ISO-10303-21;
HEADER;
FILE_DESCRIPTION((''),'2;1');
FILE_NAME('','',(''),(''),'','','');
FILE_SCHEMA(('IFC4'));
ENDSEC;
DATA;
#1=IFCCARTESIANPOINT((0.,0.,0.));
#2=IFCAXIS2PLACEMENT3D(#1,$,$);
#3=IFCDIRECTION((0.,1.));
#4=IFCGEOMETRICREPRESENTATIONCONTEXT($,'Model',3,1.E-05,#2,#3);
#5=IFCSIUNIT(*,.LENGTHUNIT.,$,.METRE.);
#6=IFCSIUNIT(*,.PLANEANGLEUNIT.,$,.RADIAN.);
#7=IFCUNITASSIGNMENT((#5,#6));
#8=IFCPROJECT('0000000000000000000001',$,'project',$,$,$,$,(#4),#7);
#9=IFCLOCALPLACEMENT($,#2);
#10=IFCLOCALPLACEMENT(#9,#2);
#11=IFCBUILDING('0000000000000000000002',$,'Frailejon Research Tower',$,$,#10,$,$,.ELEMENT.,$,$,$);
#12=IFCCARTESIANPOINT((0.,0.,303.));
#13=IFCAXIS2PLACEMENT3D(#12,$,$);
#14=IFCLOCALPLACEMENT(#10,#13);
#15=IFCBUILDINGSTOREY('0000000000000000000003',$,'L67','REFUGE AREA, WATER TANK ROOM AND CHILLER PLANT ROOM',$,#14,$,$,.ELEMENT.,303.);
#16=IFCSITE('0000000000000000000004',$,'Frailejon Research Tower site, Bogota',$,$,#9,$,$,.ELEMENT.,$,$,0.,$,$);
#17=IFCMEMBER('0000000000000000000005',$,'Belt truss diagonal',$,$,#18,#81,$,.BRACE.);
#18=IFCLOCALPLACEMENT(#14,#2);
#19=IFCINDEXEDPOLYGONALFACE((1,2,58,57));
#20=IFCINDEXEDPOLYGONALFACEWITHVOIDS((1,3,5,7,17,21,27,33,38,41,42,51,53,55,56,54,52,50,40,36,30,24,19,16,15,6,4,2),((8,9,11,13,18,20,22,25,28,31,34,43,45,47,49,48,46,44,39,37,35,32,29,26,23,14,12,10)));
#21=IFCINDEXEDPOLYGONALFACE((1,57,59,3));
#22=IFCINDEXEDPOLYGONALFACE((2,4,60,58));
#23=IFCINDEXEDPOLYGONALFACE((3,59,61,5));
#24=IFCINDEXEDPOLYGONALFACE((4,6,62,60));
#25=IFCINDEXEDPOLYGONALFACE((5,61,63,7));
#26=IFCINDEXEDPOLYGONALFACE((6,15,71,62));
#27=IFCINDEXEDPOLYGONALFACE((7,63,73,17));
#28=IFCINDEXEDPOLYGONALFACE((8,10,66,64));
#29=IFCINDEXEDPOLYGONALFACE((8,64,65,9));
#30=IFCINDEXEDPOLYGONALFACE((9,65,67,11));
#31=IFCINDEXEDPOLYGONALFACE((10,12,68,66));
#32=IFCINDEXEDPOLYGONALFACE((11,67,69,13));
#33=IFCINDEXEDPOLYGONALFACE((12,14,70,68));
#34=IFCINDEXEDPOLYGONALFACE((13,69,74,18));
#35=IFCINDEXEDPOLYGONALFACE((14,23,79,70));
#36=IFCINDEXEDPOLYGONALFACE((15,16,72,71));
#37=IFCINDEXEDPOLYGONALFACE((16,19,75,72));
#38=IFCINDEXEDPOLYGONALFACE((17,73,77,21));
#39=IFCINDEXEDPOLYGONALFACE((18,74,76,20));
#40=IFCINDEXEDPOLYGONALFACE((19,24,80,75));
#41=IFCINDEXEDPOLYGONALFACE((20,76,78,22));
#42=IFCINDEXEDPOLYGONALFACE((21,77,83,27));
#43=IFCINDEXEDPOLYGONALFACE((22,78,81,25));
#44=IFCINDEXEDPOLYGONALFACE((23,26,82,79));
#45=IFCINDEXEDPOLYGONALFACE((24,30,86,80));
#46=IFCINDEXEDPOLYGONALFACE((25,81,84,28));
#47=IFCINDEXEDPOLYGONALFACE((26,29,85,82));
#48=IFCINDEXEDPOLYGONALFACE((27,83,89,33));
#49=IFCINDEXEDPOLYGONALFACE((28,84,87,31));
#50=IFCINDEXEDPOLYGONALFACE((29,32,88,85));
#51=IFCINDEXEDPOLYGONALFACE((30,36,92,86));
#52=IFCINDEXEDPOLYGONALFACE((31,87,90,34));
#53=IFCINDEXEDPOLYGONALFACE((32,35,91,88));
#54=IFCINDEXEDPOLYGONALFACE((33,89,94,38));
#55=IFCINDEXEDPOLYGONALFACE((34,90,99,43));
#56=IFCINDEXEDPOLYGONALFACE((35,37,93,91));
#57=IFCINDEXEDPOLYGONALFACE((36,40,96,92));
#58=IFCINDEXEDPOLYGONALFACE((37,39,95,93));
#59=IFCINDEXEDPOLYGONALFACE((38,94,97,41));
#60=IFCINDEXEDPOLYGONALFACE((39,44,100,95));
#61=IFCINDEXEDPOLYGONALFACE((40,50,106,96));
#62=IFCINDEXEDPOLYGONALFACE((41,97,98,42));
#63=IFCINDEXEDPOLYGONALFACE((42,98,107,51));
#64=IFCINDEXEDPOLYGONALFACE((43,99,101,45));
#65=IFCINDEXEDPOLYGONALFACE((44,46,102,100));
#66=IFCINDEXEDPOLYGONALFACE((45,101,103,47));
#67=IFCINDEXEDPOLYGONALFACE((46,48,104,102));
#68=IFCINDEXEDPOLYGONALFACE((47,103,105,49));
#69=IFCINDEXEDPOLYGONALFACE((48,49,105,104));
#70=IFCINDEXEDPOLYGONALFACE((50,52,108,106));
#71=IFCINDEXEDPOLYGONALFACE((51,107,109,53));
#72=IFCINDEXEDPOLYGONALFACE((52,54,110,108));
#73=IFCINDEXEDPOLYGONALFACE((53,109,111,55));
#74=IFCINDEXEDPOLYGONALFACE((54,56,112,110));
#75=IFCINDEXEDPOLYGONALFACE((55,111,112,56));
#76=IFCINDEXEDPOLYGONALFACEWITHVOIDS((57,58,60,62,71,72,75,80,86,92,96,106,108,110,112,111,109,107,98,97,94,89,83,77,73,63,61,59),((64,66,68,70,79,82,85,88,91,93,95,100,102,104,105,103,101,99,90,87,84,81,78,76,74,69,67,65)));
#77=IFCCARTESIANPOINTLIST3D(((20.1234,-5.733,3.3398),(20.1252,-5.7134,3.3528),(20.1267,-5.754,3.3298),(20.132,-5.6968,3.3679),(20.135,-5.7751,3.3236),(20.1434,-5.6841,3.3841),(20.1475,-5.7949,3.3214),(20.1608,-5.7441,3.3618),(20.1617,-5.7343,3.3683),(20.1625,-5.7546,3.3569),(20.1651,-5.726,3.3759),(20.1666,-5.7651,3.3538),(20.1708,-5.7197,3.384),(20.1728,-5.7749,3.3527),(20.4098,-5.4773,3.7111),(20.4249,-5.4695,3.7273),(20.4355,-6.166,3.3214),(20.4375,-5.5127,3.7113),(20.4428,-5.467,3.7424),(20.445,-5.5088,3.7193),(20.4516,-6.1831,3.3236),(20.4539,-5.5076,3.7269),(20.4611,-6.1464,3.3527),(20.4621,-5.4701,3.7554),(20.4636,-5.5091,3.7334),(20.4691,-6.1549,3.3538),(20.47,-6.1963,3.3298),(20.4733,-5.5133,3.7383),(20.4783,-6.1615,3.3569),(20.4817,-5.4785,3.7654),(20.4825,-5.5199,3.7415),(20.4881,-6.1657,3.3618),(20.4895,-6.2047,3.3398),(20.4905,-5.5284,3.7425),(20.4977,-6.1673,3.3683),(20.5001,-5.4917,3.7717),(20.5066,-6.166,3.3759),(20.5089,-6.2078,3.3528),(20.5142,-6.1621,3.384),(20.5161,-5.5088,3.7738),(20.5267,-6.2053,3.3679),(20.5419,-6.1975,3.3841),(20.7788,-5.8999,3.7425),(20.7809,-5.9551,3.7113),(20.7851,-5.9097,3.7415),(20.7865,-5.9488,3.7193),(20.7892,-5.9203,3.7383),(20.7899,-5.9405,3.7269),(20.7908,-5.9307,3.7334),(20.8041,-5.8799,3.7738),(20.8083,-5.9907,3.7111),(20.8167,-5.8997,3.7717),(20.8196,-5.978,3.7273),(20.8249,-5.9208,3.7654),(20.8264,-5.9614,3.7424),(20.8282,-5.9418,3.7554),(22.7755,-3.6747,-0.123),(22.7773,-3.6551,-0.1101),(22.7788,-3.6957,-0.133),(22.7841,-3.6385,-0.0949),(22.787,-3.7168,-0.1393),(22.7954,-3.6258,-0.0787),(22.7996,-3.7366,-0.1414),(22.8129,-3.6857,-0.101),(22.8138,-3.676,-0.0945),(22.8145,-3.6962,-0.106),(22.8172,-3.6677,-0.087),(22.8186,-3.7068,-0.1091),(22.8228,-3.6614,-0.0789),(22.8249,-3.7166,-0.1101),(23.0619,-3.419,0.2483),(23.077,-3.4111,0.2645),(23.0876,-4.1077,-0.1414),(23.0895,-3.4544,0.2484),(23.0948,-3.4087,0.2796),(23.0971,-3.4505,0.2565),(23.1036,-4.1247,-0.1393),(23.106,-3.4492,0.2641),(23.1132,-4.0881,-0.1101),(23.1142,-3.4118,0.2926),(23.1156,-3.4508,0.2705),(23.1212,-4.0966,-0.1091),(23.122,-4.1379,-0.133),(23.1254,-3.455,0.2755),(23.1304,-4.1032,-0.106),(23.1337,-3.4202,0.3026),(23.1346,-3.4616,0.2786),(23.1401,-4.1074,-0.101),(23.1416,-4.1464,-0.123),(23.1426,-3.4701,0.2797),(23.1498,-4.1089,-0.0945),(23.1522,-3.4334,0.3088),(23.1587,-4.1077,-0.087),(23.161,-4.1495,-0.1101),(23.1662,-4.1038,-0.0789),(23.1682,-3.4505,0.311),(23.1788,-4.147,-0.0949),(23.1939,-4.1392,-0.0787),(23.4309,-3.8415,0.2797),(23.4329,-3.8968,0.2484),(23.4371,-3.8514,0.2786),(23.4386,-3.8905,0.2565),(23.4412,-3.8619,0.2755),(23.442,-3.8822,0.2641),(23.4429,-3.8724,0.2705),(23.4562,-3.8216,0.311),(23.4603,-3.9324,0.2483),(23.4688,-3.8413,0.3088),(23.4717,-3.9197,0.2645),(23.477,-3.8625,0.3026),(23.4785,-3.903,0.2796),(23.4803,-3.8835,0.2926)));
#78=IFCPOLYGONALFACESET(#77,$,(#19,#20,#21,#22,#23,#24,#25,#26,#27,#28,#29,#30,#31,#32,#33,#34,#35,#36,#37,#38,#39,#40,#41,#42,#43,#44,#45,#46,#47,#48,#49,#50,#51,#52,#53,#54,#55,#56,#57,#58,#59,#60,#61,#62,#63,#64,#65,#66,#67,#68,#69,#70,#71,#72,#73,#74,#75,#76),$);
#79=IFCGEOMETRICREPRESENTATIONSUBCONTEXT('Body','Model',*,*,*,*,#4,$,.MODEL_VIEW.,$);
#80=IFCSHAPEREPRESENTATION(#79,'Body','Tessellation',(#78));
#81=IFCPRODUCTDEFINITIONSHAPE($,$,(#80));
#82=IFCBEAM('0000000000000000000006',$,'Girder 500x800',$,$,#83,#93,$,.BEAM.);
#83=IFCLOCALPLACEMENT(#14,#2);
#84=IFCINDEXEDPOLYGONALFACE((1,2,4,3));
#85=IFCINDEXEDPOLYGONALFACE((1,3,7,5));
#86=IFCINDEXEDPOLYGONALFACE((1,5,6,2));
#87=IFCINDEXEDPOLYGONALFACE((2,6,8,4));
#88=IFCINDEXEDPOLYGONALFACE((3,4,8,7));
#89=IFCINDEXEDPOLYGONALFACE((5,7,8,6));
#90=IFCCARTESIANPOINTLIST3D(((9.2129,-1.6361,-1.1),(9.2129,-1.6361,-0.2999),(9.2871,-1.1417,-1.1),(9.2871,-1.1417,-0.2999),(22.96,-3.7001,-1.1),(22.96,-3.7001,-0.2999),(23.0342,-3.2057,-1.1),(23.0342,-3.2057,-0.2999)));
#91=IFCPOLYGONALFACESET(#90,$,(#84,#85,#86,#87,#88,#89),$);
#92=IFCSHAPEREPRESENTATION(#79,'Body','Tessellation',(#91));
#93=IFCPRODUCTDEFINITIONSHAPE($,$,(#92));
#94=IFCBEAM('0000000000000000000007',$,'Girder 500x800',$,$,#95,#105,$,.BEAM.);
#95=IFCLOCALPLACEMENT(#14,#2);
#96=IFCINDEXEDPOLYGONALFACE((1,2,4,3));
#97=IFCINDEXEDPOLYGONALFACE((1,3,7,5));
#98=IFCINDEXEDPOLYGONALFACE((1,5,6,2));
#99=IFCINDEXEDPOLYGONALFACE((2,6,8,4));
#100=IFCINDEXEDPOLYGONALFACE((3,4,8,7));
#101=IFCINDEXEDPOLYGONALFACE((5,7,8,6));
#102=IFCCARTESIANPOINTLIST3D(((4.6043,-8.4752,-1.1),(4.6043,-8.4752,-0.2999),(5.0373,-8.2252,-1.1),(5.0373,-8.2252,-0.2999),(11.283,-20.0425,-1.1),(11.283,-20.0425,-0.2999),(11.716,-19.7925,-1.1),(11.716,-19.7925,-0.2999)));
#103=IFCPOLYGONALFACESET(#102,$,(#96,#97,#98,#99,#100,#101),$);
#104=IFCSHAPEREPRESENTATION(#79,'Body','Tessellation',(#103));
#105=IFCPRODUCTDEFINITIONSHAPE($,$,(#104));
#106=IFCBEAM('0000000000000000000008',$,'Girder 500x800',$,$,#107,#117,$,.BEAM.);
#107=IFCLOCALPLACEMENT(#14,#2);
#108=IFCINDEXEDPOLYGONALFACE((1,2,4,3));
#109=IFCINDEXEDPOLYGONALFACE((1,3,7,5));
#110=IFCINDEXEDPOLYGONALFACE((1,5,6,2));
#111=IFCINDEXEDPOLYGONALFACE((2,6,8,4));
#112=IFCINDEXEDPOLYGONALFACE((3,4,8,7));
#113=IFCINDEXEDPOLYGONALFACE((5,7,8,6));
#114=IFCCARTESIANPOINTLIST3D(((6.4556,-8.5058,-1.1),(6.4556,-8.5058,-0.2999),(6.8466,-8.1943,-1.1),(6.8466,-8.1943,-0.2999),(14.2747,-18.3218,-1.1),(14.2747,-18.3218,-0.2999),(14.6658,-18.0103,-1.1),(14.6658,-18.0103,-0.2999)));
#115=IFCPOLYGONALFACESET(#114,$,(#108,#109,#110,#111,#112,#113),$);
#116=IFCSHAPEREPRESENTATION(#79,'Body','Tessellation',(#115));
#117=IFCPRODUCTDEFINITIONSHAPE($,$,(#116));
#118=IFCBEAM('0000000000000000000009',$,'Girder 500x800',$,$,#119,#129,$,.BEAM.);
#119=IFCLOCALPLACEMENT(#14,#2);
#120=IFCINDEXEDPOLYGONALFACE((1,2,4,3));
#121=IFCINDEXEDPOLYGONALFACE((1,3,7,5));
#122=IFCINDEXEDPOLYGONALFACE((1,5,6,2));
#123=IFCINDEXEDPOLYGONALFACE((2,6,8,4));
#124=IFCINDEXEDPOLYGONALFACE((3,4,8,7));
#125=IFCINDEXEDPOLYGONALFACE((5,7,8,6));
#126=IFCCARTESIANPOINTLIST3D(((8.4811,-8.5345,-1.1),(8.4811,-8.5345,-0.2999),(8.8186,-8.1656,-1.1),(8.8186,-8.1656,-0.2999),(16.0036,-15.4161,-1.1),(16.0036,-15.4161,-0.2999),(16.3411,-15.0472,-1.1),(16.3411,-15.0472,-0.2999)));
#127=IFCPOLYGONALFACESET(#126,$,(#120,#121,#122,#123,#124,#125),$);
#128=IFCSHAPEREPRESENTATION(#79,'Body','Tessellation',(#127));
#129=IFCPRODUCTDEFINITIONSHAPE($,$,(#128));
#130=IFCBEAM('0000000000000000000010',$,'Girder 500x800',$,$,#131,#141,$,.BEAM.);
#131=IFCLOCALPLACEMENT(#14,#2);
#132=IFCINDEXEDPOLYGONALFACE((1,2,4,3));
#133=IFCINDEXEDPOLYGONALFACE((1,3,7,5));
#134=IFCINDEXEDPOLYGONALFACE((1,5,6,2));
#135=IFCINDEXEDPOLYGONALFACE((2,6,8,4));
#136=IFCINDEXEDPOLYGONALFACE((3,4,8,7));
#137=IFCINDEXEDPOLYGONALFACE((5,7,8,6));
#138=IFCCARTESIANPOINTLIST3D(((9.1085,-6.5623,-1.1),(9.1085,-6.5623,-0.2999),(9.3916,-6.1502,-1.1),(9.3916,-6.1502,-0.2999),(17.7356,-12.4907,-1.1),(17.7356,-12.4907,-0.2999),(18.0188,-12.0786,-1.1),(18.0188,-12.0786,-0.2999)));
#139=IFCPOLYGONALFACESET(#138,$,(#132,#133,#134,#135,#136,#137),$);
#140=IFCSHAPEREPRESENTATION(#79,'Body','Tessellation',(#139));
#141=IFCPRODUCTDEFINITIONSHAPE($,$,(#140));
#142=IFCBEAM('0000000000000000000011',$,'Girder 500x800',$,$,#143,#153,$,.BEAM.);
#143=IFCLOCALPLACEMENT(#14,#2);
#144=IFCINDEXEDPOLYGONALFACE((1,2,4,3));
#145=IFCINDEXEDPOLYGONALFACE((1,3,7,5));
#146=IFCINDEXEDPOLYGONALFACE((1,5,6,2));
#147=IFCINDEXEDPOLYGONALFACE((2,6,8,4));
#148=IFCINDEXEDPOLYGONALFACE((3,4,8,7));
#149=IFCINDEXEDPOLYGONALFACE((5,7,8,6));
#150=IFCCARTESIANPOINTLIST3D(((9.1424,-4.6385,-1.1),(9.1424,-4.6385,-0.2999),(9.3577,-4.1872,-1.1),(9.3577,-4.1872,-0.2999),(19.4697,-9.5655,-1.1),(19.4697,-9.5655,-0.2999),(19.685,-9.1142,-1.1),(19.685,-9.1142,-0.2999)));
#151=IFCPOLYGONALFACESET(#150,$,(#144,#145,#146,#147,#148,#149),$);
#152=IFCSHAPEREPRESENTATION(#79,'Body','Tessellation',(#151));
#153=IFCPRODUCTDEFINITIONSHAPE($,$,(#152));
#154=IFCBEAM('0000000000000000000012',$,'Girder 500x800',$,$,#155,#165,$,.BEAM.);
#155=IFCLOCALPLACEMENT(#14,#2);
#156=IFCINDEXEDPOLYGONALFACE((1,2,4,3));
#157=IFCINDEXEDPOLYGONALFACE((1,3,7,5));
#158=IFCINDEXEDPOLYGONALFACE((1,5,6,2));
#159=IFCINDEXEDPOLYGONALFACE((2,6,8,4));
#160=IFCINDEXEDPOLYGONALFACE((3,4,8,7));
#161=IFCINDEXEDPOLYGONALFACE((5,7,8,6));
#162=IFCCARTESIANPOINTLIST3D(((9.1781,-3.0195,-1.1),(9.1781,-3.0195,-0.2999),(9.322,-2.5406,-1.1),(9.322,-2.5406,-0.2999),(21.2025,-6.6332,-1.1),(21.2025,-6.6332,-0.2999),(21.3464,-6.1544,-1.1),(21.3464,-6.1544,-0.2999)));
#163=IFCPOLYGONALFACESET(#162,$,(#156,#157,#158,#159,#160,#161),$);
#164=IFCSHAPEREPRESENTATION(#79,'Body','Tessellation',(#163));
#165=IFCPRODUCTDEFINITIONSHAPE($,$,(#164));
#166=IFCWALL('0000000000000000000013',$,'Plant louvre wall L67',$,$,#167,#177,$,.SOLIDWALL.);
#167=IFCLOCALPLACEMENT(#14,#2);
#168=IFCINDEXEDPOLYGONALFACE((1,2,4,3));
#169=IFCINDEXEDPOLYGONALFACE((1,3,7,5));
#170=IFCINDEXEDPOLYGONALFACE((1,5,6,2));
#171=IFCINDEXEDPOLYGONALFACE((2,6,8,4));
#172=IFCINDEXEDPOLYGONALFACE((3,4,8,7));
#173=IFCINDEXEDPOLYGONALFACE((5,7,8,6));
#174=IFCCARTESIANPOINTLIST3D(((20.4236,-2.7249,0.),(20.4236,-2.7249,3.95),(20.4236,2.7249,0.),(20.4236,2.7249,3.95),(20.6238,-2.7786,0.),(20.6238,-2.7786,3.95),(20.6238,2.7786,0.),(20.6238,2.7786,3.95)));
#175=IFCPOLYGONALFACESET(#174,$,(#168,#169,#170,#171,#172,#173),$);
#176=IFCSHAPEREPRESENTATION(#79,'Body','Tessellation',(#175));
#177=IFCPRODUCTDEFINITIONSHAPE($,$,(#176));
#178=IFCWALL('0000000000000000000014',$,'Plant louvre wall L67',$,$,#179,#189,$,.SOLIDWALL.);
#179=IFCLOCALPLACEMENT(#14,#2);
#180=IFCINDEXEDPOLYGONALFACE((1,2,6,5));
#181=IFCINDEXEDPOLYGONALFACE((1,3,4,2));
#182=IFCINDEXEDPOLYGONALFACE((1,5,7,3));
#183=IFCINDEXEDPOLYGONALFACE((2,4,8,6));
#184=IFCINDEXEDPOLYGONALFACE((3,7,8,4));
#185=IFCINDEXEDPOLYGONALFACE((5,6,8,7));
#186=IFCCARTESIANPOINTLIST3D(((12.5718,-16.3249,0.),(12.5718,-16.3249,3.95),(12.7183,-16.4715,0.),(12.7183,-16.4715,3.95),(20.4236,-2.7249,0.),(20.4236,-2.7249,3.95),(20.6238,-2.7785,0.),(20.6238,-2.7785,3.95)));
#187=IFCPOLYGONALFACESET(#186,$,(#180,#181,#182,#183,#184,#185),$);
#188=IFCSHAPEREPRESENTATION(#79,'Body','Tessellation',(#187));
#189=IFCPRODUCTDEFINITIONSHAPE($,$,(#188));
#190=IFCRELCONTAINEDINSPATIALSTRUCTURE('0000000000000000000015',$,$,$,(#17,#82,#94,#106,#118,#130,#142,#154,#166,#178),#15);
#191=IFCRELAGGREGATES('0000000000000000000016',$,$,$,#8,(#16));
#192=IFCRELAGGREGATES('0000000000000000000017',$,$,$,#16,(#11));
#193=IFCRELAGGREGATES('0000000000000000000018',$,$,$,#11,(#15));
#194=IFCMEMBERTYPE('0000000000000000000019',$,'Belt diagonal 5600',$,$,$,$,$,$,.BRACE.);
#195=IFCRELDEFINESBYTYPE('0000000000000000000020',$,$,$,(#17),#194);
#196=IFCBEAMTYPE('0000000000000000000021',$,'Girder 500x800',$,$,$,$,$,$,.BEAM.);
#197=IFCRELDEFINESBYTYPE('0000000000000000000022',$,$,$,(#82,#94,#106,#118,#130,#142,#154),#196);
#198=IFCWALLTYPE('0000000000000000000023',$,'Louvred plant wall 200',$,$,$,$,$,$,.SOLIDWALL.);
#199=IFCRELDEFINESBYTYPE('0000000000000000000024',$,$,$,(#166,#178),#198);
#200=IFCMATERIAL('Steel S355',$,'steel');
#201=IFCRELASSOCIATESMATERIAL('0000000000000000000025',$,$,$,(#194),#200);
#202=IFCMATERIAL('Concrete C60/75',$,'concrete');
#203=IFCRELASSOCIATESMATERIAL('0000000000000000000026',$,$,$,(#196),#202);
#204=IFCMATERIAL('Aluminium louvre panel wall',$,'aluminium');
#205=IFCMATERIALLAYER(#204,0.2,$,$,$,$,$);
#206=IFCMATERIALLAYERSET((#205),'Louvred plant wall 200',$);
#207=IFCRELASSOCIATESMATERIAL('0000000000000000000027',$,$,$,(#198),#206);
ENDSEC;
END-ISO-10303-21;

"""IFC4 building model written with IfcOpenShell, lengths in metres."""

from ifc_helpers import new_model, si_unit, direction, frame, origin, origin_2d, place, context, subcontext, project, spatial, polyline, rectangle, hollow_rectangle, outline, extrude, material, layer, layer_set, material_profile, profile_set, type_object, element, save


model = new_model("IFC4")

# Units and contexts
model_context = context("Model", 3, precision=1e-05, world=origin(), true_north=direction((0.0, 1.0)))
body_context = subcontext(model_context, "Body", "Model", "MODEL_VIEW")
ifc_project = project(units=[si_unit("LENGTHUNIT", "METRE"), si_unit("PLANEANGLEUNIT", "RADIAN")], contexts=[model_context])

# Site, building, storey
site_placement = place(None, origin())
site = spatial("IfcSite", under=ifc_project, at=site_placement, Name="Frailejon Research Tower site, Bogota", CompositionType="ELEMENT", RefElevation=0.0)
building_placement = place(site_placement, origin())
building = spatial("IfcBuilding", under=site, at=building_placement, Name="Frailejon Research Tower", CompositionType="ELEMENT")
storey_placement = place(building_placement, frame((0.0, 0.0, 303.0)))
storey = spatial("IfcBuildingStorey", under=building, at=storey_placement, Name="L67", Description="REFUGE AREA, WATER TANK ROOM AND CHILLER PLANT ROOM", CompositionType="ELEMENT", Elevation=303.0)

# Member
ifc_material_1 = material(Name="Steel S355", Category="steel")
ifc_material_profile_1 = material_profile(ifc_material_1, hollow_rectangle(XDim=0.6499, YDim=0.6499, WallThickness=0.0449, InnerFilletRadius=0.0449, OuterFilletRadius=0.0901, at=origin_2d()), Name="Belt diagonal 5600")
ifc_profile_set_1 = profile_set([ifc_material_profile_1], Name="Steel S355")
member_type = type_object("IfcMemberType", Name="Belt diagonal 5600", PredefinedType="BRACE", material=ifc_profile_set_1)
member_1_placement = place(storey_placement, frame((20.4758, -5.8374, 3.5476), z_axis=(0.549877, 0.426771, -0.717984), x_axis=(-0.613125, 0.789986, 0.0)))
element("IfcMember", 1, at=member_1_placement, inside=storey, type_object=member_type, Name="Belt truss diagonal", PredefinedType="BRACE", context=body_context, shape_type="SweptSolid", body=[
    extrude(hollow_rectangle(XDim=0.6499, YDim=0.6499, WallThickness=0.0449, InnerFilletRadius=0.0449, OuterFilletRadius=0.0901, at=origin_2d()), origin(), (0.0, 0.0, 1.0), 4.823),
])

# Beams
ifc_material_2 = material(Name="Concrete C60/75", Category="concrete")
ifc_material_profile_2 = material_profile(ifc_material_2, rectangle(XDim=0.5, YDim=0.8, at=origin_2d()), Name="Girder 500x800")
ifc_profile_set_2 = profile_set([ifc_material_profile_2], Name="Concrete C60/75")
beam_type_1 = type_object("IfcBeamType", Name="Girder 500x800", PredefinedType="BEAM", material=ifc_profile_set_2)
beam_1_placement = place(storey_placement, frame((22.9971, -3.4529, -0.7), z_axis=(-0.988916, 0.148474, 0.0), x_axis=(-0.148474, -0.988916, 0.0)))
element("IfcBeam", 2, at=beam_1_placement, inside=storey, type_object=beam_type_1, Name="Girder 500x800", PredefinedType="BEAM", context=body_context, shape_type="SweptSolid", body=[
    extrude(rectangle(XDim=0.5, YDim=0.8, at=origin_2d()), origin(), (0.0, 0.0, 1.0), 13.9011),
])
beam_2_placement = place(storey_placement, frame((11.4995, -19.9175, -0.7), z_axis=(-0.500016, 0.866016, 0.0), x_axis=(-0.866016, -0.500016, 0.0)))
element("IfcBeam", 3, at=beam_2_placement, inside=storey, type_object=beam_type_1, Name="Girder 500x800", PredefinedType="BEAM", context=body_context, shape_type="SweptSolid", body=[
    extrude(rectangle(XDim=0.5, YDim=0.8, at=origin_2d()), origin(), (0.0, 0.0, 1.0), 13.3569),
])
beam_3_placement = place(storey_placement, frame((14.4702, -18.166, -0.7), z_axis=(-0.623059, 0.782175, 0.0), x_axis=(-0.782175, -0.623059, 0.0)))
element("IfcBeam", 4, at=beam_3_placement, inside=storey, type_object=beam_type_1, Name="Girder 500x800", PredefinedType="BEAM", context=body_context, shape_type="SweptSolid", body=[
    extrude(rectangle(XDim=0.5, YDim=0.8, at=origin_2d()), origin(), (0.0, 0.0, 1.0), 12.5496),
])
beam_4_placement = place(storey_placement, frame((16.1724, -15.2317, -0.7), z_axis=(-0.737838, 0.674978, 0.0), x_axis=(-0.674978, -0.737838, 0.0)))
element("IfcBeam", 5, at=beam_4_placement, inside=storey, type_object=beam_type_1, Name="Girder 500x800", PredefinedType="BEAM", context=body_context, shape_type="SweptSolid", body=[
    extrude(rectangle(XDim=0.5, YDim=0.8, at=origin_2d()), origin(), (0.0, 0.0, 1.0), 10.1953),
])
beam_5_placement = place(storey_placement, frame((17.8772, -12.2847, -0.7), z_axis=(-0.824164, 0.566352, 0.0), x_axis=(-0.566352, -0.824164, 0.0)))
element("IfcBeam", 6, at=beam_5_placement, inside=storey, type_object=beam_type_1, Name="Girder 500x800", PredefinedType="BEAM", context=body_context, shape_type="SweptSolid", body=[
    extrude(rectangle(XDim=0.5, YDim=0.8, at=origin_2d()), origin(), (0.0, 0.0, 1.0), 10.4678),
])
beam_6_placement = place(storey_placement, frame((19.5774, -9.3398, -0.7), z_axis=(-0.902548, 0.430589, 0.0), x_axis=(-0.430589, -0.902548, 0.0)))
element("IfcBeam", 7, at=beam_6_placement, inside=storey, type_object=beam_type_1, Name="Girder 500x800", PredefinedType="BEAM", context=body_context, shape_type="SweptSolid", body=[
    extrude(rectangle(XDim=0.5, YDim=0.8, at=origin_2d()), origin(), (0.0, 0.0, 1.0), 11.4424),
])
beam_7_placement = place(storey_placement, frame((21.2744, -6.3938, -0.7), z_axis=(-0.957685, 0.287819, 0.0), x_axis=(-0.287819, -0.957685, 0.0)))
element("IfcBeam", 8, at=beam_7_placement, inside=storey, type_object=beam_type_1, Name="Girder 500x800", PredefinedType="BEAM", context=body_context, shape_type="SweptSolid", body=[
    extrude(rectangle(XDim=0.5, YDim=0.8, at=origin_2d()), origin(), (0.0, 0.0, 1.0), 12.5557),
])

# Walls
ifc_material_3 = material(Name="Aluminium louvre panel wall", Category="aluminium")
ifc_layer_1 = layer(ifc_material_3, 0.2)
ifc_layer_set_1 = layer_set([ifc_layer_1], Name="Louvred plant wall 200")
wall_type = type_object("IfcWallType", Name="Louvred plant wall 200", PredefinedType="SOLIDWALL", material=ifc_layer_set_1)
wall_1_placement = place(storey_placement, frame((20.5237, -2.7517, 0.0), z_axis=(0.0, 0.0, 1.0), x_axis=(0.0, 1.0, 0.0)))
element("IfcWall", 9, at=wall_1_placement, inside=storey, type_object=wall_type, Name="Plant louvre wall L67", PredefinedType="SOLIDWALL", context=body_context, shape_type="SweptSolid", body=[
    extrude(outline(polyline([(-0.0269, -0.1001), (5.5303, -0.1001), (5.4766, 0.1001), (0.0269, 0.1001), (-0.0269, -0.1001)])), origin(), (0.0, 0.0, 1.0), 3.95),
])
wall_2_placement = place(storey_placement, frame((12.645, -16.3982, 0.0), z_axis=(0.0, 0.0, 1.0), x_axis=(0.499993, 0.866029, 0.0)))
element("IfcWall", 10, at=wall_2_placement, inside=storey, type_object=wall_type, Name="Plant louvre wall L67", PredefinedType="SOLIDWALL", context=body_context, shape_type="SweptSolid", body=[
    extrude(outline(polyline([(-0.0269, -0.1001), (15.7844, -0.1001), (15.7307, 0.1001), (0.0269, 0.1001), (-0.0269, -0.1001)])), origin(), (0.0, 0.0, 1.0), 3.95),
])

save(model, "model.ifc")
